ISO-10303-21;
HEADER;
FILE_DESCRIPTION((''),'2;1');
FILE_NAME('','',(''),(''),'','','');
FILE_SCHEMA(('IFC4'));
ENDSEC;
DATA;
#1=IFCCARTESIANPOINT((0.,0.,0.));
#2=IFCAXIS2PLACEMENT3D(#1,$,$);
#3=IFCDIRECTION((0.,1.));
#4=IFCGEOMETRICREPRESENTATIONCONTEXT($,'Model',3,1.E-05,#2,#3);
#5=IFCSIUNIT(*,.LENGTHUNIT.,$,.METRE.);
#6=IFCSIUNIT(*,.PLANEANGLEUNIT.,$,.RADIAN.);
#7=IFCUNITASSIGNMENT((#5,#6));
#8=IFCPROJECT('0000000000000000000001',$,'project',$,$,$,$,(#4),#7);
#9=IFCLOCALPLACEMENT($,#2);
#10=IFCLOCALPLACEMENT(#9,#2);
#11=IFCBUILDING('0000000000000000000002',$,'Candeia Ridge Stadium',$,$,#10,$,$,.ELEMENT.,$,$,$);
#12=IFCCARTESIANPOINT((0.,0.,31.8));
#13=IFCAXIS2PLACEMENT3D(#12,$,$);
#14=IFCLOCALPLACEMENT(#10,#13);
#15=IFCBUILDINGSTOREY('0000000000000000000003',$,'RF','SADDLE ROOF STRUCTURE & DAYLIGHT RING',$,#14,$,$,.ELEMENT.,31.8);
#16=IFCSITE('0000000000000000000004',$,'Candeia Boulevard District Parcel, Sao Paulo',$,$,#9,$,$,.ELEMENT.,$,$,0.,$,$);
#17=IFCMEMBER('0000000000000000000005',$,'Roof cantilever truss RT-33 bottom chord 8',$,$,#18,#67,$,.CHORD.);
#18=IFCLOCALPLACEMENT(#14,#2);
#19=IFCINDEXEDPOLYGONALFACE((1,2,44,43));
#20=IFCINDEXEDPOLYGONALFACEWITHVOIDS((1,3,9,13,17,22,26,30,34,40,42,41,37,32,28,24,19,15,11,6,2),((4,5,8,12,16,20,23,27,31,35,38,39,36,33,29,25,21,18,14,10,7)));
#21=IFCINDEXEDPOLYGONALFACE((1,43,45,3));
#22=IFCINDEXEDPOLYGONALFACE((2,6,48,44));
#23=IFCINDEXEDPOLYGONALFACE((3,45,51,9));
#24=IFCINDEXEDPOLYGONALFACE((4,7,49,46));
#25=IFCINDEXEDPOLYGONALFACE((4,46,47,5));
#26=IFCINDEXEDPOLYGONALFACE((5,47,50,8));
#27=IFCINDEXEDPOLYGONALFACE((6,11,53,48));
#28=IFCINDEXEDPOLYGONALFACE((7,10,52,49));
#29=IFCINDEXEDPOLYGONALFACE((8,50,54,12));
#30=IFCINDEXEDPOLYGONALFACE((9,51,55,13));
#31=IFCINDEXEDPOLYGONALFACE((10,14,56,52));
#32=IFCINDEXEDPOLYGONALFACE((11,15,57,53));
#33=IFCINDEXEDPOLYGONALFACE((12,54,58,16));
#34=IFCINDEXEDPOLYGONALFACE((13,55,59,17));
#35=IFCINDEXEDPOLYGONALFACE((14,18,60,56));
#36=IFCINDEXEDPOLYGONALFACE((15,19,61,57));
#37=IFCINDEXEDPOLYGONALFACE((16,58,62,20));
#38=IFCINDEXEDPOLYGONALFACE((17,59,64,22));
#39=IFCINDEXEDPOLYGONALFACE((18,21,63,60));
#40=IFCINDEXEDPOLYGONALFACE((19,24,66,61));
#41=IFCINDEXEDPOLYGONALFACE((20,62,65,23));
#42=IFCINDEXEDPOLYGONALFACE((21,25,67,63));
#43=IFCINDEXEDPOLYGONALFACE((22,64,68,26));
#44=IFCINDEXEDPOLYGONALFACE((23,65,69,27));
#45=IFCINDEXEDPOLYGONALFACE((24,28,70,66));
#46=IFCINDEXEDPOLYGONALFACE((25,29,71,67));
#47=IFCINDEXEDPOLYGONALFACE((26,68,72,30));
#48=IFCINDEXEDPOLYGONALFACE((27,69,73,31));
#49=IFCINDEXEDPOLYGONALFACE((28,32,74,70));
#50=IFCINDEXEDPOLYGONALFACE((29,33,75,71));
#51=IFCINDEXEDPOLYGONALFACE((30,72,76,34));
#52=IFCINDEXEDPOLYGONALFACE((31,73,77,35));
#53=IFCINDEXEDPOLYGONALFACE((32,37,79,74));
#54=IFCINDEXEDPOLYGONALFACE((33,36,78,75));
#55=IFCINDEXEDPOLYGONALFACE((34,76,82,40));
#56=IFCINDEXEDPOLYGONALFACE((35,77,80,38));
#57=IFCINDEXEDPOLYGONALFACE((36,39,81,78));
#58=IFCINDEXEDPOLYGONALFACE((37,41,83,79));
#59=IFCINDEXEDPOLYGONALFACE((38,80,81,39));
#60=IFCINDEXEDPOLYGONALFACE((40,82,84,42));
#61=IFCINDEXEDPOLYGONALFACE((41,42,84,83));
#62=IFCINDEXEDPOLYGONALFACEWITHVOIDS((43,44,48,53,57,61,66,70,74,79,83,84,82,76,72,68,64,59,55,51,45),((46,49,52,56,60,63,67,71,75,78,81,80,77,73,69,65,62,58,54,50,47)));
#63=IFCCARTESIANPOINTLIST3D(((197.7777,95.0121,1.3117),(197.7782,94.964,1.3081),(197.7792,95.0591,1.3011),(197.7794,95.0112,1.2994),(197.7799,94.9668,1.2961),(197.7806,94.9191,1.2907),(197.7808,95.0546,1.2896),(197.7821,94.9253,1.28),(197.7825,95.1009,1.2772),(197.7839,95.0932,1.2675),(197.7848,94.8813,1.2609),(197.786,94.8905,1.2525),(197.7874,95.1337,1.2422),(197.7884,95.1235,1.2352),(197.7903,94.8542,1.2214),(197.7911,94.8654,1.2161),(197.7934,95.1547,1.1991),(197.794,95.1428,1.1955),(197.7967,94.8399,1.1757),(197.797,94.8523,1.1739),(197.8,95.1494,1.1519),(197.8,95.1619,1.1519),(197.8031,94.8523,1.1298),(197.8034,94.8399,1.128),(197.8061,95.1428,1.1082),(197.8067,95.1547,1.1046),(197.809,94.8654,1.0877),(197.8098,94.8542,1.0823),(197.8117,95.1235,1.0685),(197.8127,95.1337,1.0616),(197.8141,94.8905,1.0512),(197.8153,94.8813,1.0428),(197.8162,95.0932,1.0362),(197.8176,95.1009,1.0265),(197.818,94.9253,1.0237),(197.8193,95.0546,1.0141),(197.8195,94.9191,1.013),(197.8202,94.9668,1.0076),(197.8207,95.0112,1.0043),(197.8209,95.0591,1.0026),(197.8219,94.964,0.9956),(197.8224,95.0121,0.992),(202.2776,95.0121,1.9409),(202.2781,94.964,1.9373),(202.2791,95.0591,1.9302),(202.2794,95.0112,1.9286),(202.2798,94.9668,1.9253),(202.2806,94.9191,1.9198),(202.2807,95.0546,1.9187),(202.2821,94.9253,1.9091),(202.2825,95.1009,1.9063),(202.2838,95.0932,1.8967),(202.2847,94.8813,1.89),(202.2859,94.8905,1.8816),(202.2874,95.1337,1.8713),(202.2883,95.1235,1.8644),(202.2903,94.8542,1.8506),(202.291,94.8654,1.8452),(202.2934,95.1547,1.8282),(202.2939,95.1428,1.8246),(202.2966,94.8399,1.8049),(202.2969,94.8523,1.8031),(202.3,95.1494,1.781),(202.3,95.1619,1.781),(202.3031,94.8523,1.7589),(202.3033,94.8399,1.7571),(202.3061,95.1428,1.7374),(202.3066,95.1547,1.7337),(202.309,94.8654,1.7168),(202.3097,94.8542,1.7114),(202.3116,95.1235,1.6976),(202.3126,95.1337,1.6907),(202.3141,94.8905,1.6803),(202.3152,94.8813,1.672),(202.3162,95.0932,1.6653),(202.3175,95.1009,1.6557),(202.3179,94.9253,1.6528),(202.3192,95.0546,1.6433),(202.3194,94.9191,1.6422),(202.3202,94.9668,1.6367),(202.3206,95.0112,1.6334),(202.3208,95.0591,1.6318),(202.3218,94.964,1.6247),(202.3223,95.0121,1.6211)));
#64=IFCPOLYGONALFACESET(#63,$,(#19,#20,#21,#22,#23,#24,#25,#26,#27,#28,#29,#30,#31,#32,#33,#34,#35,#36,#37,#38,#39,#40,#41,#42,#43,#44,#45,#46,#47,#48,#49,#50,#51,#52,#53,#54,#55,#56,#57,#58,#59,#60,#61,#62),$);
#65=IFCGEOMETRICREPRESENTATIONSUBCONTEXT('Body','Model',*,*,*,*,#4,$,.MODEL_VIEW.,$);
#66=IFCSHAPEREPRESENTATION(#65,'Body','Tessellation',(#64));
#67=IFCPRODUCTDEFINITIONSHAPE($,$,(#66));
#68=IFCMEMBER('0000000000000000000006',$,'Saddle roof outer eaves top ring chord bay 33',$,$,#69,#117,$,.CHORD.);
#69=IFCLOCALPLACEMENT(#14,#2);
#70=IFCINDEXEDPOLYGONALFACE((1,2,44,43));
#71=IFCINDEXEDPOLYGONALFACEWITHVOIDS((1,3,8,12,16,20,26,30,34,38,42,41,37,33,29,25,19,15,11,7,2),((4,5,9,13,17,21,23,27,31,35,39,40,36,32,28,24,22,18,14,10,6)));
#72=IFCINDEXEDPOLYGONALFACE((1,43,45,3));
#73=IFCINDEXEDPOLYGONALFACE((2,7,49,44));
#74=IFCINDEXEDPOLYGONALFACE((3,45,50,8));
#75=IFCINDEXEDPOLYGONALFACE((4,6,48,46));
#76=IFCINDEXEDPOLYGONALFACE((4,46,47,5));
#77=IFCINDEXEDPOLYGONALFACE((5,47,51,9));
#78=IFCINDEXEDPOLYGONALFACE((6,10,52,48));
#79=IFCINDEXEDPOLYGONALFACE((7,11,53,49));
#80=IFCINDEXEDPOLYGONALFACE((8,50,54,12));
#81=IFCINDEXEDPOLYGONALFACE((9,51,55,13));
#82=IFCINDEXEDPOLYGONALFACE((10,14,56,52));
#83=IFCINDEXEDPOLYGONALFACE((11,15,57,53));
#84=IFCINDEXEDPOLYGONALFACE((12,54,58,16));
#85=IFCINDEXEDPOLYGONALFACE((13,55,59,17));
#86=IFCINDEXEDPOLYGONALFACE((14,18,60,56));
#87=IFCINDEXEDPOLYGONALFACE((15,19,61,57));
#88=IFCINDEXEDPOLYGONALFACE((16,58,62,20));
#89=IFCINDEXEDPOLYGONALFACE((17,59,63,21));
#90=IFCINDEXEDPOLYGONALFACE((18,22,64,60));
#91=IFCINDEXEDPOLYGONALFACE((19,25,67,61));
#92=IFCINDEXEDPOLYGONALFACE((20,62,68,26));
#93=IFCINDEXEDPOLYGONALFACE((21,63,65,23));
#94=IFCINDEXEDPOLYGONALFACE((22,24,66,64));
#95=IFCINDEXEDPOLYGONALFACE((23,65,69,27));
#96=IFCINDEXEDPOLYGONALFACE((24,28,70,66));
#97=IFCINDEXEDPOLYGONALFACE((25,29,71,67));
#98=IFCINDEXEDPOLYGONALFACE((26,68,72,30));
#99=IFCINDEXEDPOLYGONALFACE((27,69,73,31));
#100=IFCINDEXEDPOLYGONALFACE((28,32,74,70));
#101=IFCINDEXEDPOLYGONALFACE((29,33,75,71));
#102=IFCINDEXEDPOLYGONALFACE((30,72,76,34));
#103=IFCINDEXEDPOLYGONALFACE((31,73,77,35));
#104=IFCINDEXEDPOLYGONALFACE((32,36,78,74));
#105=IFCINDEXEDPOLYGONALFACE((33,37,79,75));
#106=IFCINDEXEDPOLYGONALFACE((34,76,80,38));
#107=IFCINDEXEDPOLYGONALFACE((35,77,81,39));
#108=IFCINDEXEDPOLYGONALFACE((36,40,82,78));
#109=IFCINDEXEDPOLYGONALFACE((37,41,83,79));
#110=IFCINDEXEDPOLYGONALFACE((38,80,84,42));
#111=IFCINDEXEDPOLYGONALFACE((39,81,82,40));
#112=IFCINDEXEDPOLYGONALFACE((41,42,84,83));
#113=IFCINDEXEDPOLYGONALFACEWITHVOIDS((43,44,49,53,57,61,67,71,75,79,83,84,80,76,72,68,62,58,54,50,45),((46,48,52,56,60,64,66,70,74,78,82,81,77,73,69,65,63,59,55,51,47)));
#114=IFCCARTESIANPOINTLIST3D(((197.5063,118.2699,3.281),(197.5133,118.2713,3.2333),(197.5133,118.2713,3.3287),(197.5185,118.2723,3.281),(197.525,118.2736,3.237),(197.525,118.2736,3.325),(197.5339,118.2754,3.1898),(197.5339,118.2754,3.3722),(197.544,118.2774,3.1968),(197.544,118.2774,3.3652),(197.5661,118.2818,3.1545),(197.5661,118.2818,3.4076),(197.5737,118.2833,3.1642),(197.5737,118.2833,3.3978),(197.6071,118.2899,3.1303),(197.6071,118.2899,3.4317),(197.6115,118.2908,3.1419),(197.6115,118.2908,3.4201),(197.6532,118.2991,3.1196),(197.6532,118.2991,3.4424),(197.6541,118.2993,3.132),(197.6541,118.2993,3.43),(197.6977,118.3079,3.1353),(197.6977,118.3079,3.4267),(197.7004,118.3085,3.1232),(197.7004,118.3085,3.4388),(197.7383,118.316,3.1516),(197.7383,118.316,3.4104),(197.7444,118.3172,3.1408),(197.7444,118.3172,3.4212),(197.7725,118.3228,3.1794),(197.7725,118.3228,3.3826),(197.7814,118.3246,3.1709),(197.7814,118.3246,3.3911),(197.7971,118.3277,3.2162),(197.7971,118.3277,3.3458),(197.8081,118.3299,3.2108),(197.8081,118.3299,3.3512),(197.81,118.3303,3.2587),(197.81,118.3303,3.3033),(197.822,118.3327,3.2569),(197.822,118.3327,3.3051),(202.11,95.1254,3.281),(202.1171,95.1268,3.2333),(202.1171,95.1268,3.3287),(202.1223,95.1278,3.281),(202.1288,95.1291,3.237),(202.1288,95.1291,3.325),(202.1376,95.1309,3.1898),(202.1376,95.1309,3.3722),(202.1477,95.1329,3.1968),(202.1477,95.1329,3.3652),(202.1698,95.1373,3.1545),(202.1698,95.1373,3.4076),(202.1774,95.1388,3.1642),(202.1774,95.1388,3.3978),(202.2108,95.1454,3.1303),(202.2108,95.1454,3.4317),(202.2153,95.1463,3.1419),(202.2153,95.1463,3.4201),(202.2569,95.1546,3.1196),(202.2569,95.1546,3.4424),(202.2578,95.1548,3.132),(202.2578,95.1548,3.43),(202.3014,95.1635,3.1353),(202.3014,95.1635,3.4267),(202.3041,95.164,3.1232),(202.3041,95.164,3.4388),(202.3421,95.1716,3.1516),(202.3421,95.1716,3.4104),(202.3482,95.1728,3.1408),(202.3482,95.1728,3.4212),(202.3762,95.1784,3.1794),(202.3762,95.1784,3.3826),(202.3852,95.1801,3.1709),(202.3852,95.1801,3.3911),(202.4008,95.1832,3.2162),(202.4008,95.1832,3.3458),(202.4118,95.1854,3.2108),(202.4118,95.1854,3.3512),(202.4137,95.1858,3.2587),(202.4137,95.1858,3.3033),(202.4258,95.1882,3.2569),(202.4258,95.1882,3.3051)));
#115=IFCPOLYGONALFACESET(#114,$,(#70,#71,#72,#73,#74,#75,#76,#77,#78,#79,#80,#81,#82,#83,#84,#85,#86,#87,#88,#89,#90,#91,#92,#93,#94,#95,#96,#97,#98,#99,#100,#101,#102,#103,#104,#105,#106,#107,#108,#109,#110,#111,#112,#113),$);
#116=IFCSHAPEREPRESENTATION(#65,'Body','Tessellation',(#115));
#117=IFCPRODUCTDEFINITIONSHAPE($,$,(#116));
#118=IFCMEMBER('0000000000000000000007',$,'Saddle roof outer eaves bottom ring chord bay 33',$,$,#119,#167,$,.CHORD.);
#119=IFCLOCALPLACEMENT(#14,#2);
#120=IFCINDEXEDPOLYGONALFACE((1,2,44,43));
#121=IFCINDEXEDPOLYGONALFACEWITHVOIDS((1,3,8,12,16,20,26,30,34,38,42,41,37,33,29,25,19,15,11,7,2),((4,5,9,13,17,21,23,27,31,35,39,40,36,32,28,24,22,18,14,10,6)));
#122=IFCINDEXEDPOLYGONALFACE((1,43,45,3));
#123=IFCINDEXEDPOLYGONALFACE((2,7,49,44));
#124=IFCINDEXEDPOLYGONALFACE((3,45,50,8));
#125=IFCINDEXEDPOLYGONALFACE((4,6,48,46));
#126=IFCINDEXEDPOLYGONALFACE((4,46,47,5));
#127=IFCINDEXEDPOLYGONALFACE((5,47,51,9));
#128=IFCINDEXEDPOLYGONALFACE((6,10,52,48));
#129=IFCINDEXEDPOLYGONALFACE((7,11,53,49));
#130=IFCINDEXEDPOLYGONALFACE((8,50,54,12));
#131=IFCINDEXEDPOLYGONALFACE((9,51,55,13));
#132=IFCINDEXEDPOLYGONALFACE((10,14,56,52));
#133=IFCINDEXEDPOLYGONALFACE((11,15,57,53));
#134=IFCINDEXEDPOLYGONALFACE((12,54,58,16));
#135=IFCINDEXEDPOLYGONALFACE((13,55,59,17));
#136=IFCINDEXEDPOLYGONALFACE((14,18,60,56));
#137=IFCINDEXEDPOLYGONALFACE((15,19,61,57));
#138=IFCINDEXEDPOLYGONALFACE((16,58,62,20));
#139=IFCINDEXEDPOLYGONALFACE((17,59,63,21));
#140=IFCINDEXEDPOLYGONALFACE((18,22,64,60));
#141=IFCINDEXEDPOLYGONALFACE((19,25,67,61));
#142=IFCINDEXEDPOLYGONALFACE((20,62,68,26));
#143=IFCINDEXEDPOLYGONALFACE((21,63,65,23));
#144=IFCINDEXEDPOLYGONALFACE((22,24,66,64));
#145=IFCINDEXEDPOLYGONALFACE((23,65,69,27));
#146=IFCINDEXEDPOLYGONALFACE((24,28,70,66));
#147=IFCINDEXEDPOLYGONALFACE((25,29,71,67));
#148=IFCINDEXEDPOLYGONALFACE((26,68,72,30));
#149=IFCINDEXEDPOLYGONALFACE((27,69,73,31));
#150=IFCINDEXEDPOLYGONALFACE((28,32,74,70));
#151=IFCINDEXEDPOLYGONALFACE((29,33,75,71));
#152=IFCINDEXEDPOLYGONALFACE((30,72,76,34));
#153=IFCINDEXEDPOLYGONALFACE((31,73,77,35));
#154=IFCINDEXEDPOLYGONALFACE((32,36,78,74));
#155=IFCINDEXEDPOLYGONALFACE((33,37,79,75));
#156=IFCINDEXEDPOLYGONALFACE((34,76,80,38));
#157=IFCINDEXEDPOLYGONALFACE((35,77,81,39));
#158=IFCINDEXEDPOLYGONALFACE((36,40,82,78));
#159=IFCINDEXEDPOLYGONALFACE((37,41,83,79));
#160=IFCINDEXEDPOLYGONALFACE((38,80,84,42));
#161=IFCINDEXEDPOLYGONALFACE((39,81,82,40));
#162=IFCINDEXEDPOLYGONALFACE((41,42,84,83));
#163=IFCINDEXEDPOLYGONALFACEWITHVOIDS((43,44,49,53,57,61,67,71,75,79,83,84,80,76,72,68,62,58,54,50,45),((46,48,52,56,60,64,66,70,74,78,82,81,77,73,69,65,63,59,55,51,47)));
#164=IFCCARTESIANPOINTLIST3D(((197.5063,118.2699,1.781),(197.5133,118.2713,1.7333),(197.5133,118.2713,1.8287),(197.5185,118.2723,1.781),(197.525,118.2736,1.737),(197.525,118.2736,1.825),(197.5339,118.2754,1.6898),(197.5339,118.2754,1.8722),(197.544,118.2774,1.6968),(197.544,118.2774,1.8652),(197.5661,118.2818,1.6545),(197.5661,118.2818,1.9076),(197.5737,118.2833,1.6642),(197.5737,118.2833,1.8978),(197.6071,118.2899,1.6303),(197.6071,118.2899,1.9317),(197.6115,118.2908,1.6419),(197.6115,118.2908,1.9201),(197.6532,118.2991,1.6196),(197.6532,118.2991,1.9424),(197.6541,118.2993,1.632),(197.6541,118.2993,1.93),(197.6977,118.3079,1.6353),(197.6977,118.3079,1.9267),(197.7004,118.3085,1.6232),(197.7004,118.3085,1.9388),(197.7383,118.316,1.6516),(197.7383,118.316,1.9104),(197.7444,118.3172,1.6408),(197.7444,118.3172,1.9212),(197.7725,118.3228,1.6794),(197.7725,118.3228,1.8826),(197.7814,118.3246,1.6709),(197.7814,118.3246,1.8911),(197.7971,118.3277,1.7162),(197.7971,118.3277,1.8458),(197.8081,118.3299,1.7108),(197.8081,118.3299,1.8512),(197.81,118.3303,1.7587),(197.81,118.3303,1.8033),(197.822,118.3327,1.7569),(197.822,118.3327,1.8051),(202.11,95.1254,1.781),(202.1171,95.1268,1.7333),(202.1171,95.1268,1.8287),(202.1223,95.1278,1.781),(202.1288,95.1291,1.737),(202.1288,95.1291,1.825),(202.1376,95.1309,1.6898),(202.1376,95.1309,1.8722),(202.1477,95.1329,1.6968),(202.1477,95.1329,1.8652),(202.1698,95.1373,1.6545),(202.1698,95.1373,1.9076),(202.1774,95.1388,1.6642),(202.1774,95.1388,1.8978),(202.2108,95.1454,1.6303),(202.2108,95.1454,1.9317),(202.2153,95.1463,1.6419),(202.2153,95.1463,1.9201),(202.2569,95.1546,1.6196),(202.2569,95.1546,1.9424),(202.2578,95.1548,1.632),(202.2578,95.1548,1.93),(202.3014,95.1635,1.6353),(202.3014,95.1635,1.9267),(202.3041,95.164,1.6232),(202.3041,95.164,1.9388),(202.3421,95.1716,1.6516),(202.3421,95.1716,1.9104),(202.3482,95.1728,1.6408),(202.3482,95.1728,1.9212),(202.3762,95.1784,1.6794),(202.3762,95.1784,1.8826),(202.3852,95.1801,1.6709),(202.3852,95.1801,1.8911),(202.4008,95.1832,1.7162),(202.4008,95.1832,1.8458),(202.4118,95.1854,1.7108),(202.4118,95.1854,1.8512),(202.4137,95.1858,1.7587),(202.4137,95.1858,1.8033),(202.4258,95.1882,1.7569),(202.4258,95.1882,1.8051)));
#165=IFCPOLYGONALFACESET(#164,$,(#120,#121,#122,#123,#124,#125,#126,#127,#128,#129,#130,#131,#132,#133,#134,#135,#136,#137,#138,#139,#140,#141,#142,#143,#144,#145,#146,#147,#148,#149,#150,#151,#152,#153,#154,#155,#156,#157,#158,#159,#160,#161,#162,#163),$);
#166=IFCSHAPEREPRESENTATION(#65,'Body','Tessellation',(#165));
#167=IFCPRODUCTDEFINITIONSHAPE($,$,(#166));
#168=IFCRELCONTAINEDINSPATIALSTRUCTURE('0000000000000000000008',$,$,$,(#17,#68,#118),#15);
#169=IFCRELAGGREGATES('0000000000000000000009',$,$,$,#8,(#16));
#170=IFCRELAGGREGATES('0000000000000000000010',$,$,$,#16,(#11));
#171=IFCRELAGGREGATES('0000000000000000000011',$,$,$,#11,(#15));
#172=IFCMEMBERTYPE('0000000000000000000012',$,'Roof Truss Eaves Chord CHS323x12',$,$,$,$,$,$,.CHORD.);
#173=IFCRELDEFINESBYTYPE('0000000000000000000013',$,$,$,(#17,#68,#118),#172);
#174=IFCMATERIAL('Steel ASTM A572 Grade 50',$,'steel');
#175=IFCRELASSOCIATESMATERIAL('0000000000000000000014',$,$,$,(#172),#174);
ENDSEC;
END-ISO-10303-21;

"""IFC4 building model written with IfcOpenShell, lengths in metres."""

from ifc_helpers import new_model, si_unit, direction, frame, origin, origin_2d, place, context, subcontext, project, spatial, hollow_circle, extrude, material, material_profile, profile_set, type_object, element, save


model = new_model("IFC4")

# Units and contexts
model_context = context("Model", 3, precision=1e-05, world=origin(), true_north=direction((0.0, 1.0)))
body_context = subcontext(model_context, "Body", "Model", "MODEL_VIEW")
ifc_project = project(units=[si_unit("LENGTHUNIT", "METRE"), si_unit("PLANEANGLEUNIT", "RADIAN")], contexts=[model_context])

# Site, building, storey
site_placement = place(None, origin())
site = spatial("IfcSite", under=ifc_project, at=site_placement, Name="Candeia Boulevard District Parcel, Sao Paulo", CompositionType="ELEMENT", RefElevation=0.0)
building_placement = place(site_placement, origin())
building = spatial("IfcBuilding", under=site, at=building_placement, Name="Candeia Ridge Stadium", CompositionType="ELEMENT")
storey_placement = place(building_placement, frame((0.0, 0.0, 31.8)))
storey = spatial("IfcBuildingStorey", under=building, at=storey_placement, Name="RF", Description="SADDLE ROOF STRUCTURE & DAYLIGHT RING", CompositionType="ELEMENT", Elevation=31.8)

# Shared definitions
ifc_material_1 = material(Name="Steel ASTM A572 Grade 50", Category="steel")

# Members
ifc_material_profile_1 = material_profile(ifc_material_1, hollow_circle(Radius=0.1619, WallThickness=0.0125, at=origin_2d()), Name="CHS323x12", Category="steel")
ifc_profile_set_1 = profile_set([ifc_material_profile_1], Name="Steel ASTM A572 Grade 50")
member_type_1 = type_object("IfcMemberType", Name="Roof Truss Eaves Chord CHS323x12", PredefinedType="CHORD", material=ifc_profile_set_1)
member_1_placement = place(storey_placement, frame((197.8, 95.0, 1.1519), z_axis=(0.990367, 0.0, 0.138464), x_axis=(0.0, 1.0, 0.0)))
element("IfcMember", 1, at=member_1_placement, inside=storey, type_object=member_type_1, Name="Roof cantilever truss RT-33 bottom chord 8", PredefinedType="CHORD", context=body_context, shape_type="SweptSolid", body=[
    extrude(hollow_circle(Radius=0.1619, WallThickness=0.0125, at=origin_2d()), origin(), (0.0, 0.0, 1.0), 4.5437),
])
for number, where, z_axis, x_axis, name in (
    (2, (202.2688, 95.157, 3.281), (-0.195091, 0.980785, 0.0), (-0.980785, -0.195091, 0.0), "Saddle roof outer eaves top ring chord bay 33"),
    (3, (202.2688, 95.157, 1.781), (-0.195091, 0.980785, 0.0), (-0.980785, -0.195091, 0.0), "Saddle roof outer eaves bottom ring chord bay 33"),
):
    element("IfcMember", number, at=place(storey_placement, frame(where, z_axis=z_axis, x_axis=x_axis)), inside=storey, type_object=member_type_1, Name=name, PredefinedType="CHORD", context=body_context, shape_type="SweptSolid", body=[
        extrude(hollow_circle(Radius=0.1619, WallThickness=0.0125, at=origin_2d()), origin(), (0.0, 0.0, 1.0), 23.5979),
    ])

save(model, "model.ifc")
